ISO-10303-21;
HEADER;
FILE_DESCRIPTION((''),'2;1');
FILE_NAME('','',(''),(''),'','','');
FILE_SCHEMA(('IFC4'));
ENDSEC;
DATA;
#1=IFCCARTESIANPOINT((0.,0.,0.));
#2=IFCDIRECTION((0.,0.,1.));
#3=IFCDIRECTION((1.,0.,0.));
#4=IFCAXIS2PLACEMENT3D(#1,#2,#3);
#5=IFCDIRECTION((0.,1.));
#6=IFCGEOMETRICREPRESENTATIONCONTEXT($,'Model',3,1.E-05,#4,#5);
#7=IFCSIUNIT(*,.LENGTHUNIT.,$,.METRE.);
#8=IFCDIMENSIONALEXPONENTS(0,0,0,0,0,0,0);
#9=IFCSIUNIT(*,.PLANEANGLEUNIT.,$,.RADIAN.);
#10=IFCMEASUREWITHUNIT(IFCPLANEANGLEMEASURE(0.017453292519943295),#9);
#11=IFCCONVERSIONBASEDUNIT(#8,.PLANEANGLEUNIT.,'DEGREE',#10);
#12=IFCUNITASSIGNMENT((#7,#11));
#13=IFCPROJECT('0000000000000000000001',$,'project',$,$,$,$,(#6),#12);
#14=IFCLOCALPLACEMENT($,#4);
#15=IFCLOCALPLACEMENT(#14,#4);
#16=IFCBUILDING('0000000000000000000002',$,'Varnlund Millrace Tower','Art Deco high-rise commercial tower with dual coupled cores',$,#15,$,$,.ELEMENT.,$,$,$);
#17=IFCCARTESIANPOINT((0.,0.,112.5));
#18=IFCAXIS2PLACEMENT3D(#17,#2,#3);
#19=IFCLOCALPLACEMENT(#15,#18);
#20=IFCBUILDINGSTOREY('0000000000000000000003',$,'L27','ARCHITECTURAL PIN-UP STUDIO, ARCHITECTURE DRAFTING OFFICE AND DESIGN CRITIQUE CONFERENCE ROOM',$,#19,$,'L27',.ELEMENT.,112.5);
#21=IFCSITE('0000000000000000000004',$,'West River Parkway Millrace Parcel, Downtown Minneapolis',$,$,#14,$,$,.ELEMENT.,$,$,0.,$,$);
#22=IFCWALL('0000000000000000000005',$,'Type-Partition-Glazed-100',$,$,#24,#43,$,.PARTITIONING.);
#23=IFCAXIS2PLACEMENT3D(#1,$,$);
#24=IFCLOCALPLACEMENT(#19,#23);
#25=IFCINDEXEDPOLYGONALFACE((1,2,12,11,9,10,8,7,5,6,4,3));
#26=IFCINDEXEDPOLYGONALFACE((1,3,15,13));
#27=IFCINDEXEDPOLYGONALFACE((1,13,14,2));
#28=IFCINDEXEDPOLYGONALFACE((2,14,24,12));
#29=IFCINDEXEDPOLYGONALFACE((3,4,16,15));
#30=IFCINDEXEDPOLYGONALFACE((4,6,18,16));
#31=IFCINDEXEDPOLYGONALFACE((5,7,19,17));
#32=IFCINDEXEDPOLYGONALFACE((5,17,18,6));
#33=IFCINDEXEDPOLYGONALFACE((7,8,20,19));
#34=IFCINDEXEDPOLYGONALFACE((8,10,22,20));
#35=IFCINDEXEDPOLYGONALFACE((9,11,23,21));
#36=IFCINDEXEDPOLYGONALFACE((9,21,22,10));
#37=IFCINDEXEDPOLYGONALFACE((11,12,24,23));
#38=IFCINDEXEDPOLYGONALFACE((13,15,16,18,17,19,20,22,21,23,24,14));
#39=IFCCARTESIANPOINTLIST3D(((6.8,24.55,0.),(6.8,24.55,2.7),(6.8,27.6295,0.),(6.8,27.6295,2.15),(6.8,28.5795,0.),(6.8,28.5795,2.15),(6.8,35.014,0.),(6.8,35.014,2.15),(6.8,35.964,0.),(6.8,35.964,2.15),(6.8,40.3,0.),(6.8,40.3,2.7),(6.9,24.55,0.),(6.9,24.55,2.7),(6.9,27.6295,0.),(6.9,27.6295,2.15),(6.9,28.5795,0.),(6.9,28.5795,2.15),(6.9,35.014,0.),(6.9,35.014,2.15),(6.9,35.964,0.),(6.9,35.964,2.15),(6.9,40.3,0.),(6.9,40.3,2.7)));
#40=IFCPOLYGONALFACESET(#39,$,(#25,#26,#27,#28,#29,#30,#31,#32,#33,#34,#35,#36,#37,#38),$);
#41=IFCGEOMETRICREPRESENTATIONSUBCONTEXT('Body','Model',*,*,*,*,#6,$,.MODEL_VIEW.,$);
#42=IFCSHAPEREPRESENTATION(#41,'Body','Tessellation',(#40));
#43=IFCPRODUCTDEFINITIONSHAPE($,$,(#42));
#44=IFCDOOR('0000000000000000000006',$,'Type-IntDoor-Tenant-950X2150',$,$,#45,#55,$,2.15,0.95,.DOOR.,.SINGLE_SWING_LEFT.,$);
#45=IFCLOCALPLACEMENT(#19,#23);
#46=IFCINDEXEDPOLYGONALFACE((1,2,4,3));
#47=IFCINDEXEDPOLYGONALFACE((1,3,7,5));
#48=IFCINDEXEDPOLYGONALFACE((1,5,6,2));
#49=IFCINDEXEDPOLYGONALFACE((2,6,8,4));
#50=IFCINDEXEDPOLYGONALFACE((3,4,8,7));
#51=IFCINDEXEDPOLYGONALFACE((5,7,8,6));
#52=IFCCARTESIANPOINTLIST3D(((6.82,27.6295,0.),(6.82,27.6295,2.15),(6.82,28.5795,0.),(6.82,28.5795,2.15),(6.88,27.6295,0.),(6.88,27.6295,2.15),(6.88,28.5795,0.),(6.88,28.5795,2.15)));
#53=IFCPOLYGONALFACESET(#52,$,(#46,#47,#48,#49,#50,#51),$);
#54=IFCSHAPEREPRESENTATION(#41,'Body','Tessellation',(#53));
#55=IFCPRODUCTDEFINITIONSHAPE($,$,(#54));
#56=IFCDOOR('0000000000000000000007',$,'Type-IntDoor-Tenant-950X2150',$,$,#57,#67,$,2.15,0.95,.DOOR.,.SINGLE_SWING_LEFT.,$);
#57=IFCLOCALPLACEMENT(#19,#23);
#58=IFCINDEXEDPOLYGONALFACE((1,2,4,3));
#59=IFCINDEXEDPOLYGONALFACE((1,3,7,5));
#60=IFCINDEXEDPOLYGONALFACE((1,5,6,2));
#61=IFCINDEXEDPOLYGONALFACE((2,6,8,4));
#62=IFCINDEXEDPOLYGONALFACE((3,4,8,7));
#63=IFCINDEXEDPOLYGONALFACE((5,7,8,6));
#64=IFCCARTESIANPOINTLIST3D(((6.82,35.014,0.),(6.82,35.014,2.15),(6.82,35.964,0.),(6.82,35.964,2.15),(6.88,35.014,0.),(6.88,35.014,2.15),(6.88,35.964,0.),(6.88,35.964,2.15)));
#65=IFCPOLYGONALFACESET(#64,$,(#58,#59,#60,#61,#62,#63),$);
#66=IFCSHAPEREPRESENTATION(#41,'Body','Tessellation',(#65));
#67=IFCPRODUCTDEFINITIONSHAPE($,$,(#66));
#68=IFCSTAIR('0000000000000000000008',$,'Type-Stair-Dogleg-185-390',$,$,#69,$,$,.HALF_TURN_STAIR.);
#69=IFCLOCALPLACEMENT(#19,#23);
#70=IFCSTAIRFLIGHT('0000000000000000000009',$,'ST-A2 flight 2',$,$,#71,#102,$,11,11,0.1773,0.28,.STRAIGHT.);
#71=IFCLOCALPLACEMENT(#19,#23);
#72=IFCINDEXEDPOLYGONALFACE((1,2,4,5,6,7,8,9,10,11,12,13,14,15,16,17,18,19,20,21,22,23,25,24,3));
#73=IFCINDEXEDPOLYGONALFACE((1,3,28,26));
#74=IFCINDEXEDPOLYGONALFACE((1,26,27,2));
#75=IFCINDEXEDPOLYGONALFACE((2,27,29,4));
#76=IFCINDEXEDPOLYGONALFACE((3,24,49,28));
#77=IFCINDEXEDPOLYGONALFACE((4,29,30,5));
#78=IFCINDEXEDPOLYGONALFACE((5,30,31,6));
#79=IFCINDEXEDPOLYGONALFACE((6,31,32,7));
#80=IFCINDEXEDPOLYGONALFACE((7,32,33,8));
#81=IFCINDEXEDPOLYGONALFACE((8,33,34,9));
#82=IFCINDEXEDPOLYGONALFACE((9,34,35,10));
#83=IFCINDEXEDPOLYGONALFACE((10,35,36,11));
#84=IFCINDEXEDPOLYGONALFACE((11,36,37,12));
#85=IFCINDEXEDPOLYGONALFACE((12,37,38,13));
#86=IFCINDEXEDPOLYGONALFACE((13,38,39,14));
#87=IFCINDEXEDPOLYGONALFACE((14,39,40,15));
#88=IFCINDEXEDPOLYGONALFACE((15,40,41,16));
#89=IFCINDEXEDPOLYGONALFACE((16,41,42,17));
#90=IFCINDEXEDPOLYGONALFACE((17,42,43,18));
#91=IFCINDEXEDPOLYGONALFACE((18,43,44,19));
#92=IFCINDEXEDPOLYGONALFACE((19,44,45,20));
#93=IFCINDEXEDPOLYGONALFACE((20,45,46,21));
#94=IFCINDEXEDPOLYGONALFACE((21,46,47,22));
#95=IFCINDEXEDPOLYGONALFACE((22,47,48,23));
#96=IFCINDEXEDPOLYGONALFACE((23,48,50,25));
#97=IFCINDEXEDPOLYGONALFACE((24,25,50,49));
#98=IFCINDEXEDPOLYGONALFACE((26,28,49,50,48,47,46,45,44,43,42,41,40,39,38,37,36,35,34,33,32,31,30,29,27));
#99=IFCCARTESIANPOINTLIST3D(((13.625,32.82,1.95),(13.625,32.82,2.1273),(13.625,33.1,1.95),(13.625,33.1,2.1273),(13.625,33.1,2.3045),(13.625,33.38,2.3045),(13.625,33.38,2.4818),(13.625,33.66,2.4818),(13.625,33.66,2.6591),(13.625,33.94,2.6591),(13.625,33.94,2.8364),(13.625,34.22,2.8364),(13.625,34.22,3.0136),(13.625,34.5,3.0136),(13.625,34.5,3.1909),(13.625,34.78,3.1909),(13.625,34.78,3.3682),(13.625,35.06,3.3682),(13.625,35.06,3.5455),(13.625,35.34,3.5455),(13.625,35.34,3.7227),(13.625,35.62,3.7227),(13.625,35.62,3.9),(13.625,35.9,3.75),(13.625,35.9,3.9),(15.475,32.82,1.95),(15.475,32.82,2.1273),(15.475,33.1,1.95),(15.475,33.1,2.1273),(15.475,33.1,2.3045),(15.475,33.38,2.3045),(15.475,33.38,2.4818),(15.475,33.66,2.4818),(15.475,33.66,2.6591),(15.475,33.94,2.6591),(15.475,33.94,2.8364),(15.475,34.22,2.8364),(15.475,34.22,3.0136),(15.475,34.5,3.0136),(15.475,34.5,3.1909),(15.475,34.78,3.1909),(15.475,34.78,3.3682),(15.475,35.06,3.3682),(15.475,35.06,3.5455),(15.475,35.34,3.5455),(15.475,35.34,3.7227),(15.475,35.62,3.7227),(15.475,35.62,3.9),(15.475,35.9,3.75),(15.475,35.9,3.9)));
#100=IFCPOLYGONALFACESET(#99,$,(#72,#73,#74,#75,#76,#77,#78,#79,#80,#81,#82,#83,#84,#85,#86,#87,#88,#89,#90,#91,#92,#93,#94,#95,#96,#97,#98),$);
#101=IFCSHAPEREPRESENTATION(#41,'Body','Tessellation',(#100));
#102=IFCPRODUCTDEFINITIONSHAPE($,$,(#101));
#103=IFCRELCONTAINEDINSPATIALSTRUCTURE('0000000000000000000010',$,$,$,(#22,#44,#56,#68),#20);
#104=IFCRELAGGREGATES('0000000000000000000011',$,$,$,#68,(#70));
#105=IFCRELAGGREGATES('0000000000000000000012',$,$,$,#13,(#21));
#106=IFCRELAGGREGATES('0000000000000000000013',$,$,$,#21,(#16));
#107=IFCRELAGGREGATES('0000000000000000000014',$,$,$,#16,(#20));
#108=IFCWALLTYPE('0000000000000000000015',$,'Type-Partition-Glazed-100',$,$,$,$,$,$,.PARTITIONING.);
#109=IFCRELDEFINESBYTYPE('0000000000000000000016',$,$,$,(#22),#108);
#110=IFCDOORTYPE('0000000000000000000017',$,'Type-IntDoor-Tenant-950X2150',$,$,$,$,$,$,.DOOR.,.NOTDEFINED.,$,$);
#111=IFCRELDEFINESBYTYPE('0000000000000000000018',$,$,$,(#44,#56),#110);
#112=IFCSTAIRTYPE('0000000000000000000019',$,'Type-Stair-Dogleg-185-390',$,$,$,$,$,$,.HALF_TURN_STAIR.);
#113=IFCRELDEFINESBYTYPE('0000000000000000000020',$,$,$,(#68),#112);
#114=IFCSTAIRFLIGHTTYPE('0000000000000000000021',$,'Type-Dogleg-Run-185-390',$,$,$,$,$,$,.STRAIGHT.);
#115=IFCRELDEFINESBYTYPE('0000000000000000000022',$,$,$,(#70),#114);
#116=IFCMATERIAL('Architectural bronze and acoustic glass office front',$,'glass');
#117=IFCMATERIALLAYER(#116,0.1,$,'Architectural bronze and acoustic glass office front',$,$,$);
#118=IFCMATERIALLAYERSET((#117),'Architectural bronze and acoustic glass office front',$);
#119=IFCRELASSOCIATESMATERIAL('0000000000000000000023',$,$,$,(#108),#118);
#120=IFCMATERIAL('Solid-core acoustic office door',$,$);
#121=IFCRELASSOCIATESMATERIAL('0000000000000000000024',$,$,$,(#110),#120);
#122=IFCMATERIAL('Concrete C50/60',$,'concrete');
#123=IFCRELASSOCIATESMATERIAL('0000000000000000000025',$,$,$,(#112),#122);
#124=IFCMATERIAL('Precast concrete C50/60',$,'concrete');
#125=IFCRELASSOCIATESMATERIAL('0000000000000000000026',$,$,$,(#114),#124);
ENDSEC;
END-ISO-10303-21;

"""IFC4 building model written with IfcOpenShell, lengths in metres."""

from ifc_helpers import new_model, entity, si_unit, converted_unit, direction, frame, origin_with_axes, origin_2d_with_axis, place, context, subcontext, project, spatial, polyline, rectangle, outline, extrude, material, layer, layer_set, type_object, element, fill, aggregate, save


model = new_model("IFC4")

# Units and contexts
model_context = context("Model", 3, precision=1e-05, world=origin_with_axes(), true_north=direction((0.0, 1.0)))
body_context = subcontext(model_context, "Body", "Model", "MODEL_VIEW")
ifc_project = project(units=[si_unit("LENGTHUNIT", "METRE"), converted_unit("PLANEANGLEUNIT", "DEGREE", entity("IfcPlaneAngleMeasure", 0.017453292519943295), si_unit("PLANEANGLEUNIT", "RADIAN"), dimensions=[0, 0, 0, 0, 0, 0, 0])], contexts=[model_context])

# Site, building, storey
site_placement = place(None, origin_with_axes())
site = spatial("IfcSite", under=ifc_project, at=site_placement, Name="West River Parkway Millrace Parcel, Downtown Minneapolis", CompositionType="ELEMENT", RefElevation=0.0)
building_placement = place(site_placement, origin_with_axes())
building = spatial("IfcBuilding", under=site, at=building_placement, Name="Varnlund Millrace Tower", Description="Art Deco high-rise commercial tower with dual coupled cores", CompositionType="ELEMENT")
storey_placement = place(building_placement, frame((0.0, 0.0, 112.5), z_axis=(0.0, 0.0, 1.0), x_axis=(1.0, 0.0, 0.0)))
storey = spatial("IfcBuildingStorey", under=building, at=storey_placement, Name="L27", Description="ARCHITECTURAL PIN-UP STUDIO, ARCHITECTURE DRAFTING OFFICE AND DESIGN CRITIQUE CONFERENCE ROOM", LongName="L27", CompositionType="ELEMENT", Elevation=112.5)

# Shared definitions
ifc_material_1 = material(Name="Precast concrete C50/60", Category="concrete")

# Wall, openings, doors
ifc_material_2 = material(Name="Architectural bronze and acoustic glass office front", Category="glass")
ifc_layer_1 = layer(ifc_material_2, 0.1, Name="Architectural bronze and acoustic glass office front")
ifc_layer_set_1 = layer_set([ifc_layer_1], Name="Architectural bronze and acoustic glass office front")
wall_type_1 = type_object("IfcWallType", Name="Type-Partition-Glazed-100", PredefinedType="PARTITIONING", material=ifc_layer_set_1)
wall_1_placement = place(storey_placement, frame((6.85, 24.55, 0.0), z_axis=(0.0, 0.0, 1.0), x_axis=(0.0, 1.0, 0.0)))
wall_1 = element("IfcWall", 1, at=wall_1_placement, inside=storey, type_object=wall_type_1, Name="Type-Partition-Glazed-100", PredefinedType="PARTITIONING", context=body_context, shape_type="SweptSolid", body=[
    extrude(outline(polyline([(0.0, -0.05), (15.75, -0.05), (15.75, 0.05), (0.0, 0.05), (0.0, -0.05)])), origin_with_axes(), (0.0, 0.0, 1.0), 2.7),
])
opening_1_placement = place(wall_1_placement, frame((3.5545, 0.0, 0.0), z_axis=(0.0, 0.0, 1.0), x_axis=(1.0, 0.0, 0.0)))
opening_1 = element("IfcOpeningElement", 2, at=opening_1_placement, cuts=wall_1, PredefinedType="OPENING", context=body_context, shape_type="SweptSolid", body=[
    extrude(rectangle(XDim=0.95, YDim=0.12, at=origin_2d_with_axis()), origin_with_axes(), (0.0, 0.0, 1.0), 2.15),
])
opening_2_placement = place(wall_1_placement, frame((10.939, 0.0, 0.0), z_axis=(0.0, 0.0, 1.0), x_axis=(1.0, 0.0, 0.0)))
opening_2 = element("IfcOpeningElement", 3, at=opening_2_placement, cuts=wall_1, PredefinedType="OPENING", context=body_context, shape_type="SweptSolid", body=[
    extrude(rectangle(XDim=0.95, YDim=0.12, at=origin_2d_with_axis()), origin_with_axes(), (0.0, 0.0, 1.0), 2.15),
])
ifc_material_3 = material(Name="Solid-core acoustic office door")
door_type = type_object("IfcDoorType", Name="Type-IntDoor-Tenant-950X2150", OperationType="NOTDEFINED", PredefinedType="DOOR", material=ifc_material_3)
door_1_placement = place(wall_1_placement, frame((3.5545, 0.0, 0.0), z_axis=(0.0, 0.0, 1.0), x_axis=(1.0, 0.0, 0.0)))
door_1 = element("IfcDoor", 4, at=door_1_placement, inside=storey, type_object=door_type, Name="Type-IntDoor-Tenant-950X2150", OperationType="SINGLE_SWING_LEFT", OverallHeight=2.15, OverallWidth=0.95, PredefinedType="DOOR", context=body_context, shape_type="SweptSolid", body=[
    extrude(rectangle(XDim=0.95, YDim=0.06, at=origin_2d_with_axis()), origin_with_axes(), (0.0, 0.0, 1.0), 2.15),
])
fill(opening_1, door_1)
door_2_placement = place(wall_1_placement, frame((10.939, 0.0, 0.0), z_axis=(0.0, 0.0, 1.0), x_axis=(1.0, 0.0, 0.0)))
door_2 = element("IfcDoor", 5, at=door_2_placement, inside=storey, type_object=door_type, Name="Type-IntDoor-Tenant-950X2150", OperationType="SINGLE_SWING_LEFT", OverallHeight=2.15, OverallWidth=0.95, PredefinedType="DOOR", context=body_context, shape_type="SweptSolid", body=[
    extrude(rectangle(XDim=0.95, YDim=0.06, at=origin_2d_with_axis()), origin_with_axes(), (0.0, 0.0, 1.0), 2.15),
])
fill(opening_2, door_2)

# Stair, stair flight
ifc_material_4 = material(Name="Concrete C50/60", Category="concrete")
stair_type = type_object("IfcStairType", Name="Type-Stair-Dogleg-185-390", PredefinedType="HALF_TURN_STAIR", material=ifc_material_4)
stair_placement = place(storey_placement, origin_with_axes())
stair = element("IfcStair", 6, at=stair_placement, inside=storey, type_object=stair_type, Name="Type-Stair-Dogleg-185-390", PredefinedType="HALF_TURN_STAIR")
stair_flight_type = type_object("IfcStairFlightType", Name="Type-Dogleg-Run-185-390", PredefinedType="STRAIGHT", material=ifc_material_1)
stair_flight_placement = place(storey_placement, frame((13.625, 32.82, 1.95), z_axis=(1.0, 0.0, 0.0), x_axis=(0.0, 1.0, 0.0)))
stair_flight = element("IfcStairFlight", 7, at=stair_flight_placement, type_object=stair_flight_type, Name="ST-A2 flight 2", NumberOfRisers=11, NumberOfTreads=11, PredefinedType="STRAIGHT", RiserHeight=0.1773, TreadLength=0.28, context=body_context, shape_type="SweptSolid", body=[
    extrude(outline(polyline([(0.0, 0.0), (0.0, 0.1773), (0.28, 0.1773), (0.28, 0.3545), (0.56, 0.3545), (0.56, 0.5318), (0.84, 0.5318), (0.84, 0.7091), (1.12, 0.7091), (1.12, 0.8864), (1.4, 0.8864), (1.4, 1.0636), (1.68, 1.0636), (1.68, 1.2409), (1.96, 1.2409), (1.96, 1.4182), (2.24, 1.4182), (2.24, 1.5955), (2.52, 1.5955), (2.52, 1.7727), (2.8, 1.7727), (2.8, 1.95), (3.08, 1.95), (3.08, 1.8), (0.28, 0.0), (0.0, 0.0)])), origin_with_axes(), (0.0, 0.0, 1.0), 1.85),
])
aggregate(stair, [stair_flight])

save(model, "model.ifc")
